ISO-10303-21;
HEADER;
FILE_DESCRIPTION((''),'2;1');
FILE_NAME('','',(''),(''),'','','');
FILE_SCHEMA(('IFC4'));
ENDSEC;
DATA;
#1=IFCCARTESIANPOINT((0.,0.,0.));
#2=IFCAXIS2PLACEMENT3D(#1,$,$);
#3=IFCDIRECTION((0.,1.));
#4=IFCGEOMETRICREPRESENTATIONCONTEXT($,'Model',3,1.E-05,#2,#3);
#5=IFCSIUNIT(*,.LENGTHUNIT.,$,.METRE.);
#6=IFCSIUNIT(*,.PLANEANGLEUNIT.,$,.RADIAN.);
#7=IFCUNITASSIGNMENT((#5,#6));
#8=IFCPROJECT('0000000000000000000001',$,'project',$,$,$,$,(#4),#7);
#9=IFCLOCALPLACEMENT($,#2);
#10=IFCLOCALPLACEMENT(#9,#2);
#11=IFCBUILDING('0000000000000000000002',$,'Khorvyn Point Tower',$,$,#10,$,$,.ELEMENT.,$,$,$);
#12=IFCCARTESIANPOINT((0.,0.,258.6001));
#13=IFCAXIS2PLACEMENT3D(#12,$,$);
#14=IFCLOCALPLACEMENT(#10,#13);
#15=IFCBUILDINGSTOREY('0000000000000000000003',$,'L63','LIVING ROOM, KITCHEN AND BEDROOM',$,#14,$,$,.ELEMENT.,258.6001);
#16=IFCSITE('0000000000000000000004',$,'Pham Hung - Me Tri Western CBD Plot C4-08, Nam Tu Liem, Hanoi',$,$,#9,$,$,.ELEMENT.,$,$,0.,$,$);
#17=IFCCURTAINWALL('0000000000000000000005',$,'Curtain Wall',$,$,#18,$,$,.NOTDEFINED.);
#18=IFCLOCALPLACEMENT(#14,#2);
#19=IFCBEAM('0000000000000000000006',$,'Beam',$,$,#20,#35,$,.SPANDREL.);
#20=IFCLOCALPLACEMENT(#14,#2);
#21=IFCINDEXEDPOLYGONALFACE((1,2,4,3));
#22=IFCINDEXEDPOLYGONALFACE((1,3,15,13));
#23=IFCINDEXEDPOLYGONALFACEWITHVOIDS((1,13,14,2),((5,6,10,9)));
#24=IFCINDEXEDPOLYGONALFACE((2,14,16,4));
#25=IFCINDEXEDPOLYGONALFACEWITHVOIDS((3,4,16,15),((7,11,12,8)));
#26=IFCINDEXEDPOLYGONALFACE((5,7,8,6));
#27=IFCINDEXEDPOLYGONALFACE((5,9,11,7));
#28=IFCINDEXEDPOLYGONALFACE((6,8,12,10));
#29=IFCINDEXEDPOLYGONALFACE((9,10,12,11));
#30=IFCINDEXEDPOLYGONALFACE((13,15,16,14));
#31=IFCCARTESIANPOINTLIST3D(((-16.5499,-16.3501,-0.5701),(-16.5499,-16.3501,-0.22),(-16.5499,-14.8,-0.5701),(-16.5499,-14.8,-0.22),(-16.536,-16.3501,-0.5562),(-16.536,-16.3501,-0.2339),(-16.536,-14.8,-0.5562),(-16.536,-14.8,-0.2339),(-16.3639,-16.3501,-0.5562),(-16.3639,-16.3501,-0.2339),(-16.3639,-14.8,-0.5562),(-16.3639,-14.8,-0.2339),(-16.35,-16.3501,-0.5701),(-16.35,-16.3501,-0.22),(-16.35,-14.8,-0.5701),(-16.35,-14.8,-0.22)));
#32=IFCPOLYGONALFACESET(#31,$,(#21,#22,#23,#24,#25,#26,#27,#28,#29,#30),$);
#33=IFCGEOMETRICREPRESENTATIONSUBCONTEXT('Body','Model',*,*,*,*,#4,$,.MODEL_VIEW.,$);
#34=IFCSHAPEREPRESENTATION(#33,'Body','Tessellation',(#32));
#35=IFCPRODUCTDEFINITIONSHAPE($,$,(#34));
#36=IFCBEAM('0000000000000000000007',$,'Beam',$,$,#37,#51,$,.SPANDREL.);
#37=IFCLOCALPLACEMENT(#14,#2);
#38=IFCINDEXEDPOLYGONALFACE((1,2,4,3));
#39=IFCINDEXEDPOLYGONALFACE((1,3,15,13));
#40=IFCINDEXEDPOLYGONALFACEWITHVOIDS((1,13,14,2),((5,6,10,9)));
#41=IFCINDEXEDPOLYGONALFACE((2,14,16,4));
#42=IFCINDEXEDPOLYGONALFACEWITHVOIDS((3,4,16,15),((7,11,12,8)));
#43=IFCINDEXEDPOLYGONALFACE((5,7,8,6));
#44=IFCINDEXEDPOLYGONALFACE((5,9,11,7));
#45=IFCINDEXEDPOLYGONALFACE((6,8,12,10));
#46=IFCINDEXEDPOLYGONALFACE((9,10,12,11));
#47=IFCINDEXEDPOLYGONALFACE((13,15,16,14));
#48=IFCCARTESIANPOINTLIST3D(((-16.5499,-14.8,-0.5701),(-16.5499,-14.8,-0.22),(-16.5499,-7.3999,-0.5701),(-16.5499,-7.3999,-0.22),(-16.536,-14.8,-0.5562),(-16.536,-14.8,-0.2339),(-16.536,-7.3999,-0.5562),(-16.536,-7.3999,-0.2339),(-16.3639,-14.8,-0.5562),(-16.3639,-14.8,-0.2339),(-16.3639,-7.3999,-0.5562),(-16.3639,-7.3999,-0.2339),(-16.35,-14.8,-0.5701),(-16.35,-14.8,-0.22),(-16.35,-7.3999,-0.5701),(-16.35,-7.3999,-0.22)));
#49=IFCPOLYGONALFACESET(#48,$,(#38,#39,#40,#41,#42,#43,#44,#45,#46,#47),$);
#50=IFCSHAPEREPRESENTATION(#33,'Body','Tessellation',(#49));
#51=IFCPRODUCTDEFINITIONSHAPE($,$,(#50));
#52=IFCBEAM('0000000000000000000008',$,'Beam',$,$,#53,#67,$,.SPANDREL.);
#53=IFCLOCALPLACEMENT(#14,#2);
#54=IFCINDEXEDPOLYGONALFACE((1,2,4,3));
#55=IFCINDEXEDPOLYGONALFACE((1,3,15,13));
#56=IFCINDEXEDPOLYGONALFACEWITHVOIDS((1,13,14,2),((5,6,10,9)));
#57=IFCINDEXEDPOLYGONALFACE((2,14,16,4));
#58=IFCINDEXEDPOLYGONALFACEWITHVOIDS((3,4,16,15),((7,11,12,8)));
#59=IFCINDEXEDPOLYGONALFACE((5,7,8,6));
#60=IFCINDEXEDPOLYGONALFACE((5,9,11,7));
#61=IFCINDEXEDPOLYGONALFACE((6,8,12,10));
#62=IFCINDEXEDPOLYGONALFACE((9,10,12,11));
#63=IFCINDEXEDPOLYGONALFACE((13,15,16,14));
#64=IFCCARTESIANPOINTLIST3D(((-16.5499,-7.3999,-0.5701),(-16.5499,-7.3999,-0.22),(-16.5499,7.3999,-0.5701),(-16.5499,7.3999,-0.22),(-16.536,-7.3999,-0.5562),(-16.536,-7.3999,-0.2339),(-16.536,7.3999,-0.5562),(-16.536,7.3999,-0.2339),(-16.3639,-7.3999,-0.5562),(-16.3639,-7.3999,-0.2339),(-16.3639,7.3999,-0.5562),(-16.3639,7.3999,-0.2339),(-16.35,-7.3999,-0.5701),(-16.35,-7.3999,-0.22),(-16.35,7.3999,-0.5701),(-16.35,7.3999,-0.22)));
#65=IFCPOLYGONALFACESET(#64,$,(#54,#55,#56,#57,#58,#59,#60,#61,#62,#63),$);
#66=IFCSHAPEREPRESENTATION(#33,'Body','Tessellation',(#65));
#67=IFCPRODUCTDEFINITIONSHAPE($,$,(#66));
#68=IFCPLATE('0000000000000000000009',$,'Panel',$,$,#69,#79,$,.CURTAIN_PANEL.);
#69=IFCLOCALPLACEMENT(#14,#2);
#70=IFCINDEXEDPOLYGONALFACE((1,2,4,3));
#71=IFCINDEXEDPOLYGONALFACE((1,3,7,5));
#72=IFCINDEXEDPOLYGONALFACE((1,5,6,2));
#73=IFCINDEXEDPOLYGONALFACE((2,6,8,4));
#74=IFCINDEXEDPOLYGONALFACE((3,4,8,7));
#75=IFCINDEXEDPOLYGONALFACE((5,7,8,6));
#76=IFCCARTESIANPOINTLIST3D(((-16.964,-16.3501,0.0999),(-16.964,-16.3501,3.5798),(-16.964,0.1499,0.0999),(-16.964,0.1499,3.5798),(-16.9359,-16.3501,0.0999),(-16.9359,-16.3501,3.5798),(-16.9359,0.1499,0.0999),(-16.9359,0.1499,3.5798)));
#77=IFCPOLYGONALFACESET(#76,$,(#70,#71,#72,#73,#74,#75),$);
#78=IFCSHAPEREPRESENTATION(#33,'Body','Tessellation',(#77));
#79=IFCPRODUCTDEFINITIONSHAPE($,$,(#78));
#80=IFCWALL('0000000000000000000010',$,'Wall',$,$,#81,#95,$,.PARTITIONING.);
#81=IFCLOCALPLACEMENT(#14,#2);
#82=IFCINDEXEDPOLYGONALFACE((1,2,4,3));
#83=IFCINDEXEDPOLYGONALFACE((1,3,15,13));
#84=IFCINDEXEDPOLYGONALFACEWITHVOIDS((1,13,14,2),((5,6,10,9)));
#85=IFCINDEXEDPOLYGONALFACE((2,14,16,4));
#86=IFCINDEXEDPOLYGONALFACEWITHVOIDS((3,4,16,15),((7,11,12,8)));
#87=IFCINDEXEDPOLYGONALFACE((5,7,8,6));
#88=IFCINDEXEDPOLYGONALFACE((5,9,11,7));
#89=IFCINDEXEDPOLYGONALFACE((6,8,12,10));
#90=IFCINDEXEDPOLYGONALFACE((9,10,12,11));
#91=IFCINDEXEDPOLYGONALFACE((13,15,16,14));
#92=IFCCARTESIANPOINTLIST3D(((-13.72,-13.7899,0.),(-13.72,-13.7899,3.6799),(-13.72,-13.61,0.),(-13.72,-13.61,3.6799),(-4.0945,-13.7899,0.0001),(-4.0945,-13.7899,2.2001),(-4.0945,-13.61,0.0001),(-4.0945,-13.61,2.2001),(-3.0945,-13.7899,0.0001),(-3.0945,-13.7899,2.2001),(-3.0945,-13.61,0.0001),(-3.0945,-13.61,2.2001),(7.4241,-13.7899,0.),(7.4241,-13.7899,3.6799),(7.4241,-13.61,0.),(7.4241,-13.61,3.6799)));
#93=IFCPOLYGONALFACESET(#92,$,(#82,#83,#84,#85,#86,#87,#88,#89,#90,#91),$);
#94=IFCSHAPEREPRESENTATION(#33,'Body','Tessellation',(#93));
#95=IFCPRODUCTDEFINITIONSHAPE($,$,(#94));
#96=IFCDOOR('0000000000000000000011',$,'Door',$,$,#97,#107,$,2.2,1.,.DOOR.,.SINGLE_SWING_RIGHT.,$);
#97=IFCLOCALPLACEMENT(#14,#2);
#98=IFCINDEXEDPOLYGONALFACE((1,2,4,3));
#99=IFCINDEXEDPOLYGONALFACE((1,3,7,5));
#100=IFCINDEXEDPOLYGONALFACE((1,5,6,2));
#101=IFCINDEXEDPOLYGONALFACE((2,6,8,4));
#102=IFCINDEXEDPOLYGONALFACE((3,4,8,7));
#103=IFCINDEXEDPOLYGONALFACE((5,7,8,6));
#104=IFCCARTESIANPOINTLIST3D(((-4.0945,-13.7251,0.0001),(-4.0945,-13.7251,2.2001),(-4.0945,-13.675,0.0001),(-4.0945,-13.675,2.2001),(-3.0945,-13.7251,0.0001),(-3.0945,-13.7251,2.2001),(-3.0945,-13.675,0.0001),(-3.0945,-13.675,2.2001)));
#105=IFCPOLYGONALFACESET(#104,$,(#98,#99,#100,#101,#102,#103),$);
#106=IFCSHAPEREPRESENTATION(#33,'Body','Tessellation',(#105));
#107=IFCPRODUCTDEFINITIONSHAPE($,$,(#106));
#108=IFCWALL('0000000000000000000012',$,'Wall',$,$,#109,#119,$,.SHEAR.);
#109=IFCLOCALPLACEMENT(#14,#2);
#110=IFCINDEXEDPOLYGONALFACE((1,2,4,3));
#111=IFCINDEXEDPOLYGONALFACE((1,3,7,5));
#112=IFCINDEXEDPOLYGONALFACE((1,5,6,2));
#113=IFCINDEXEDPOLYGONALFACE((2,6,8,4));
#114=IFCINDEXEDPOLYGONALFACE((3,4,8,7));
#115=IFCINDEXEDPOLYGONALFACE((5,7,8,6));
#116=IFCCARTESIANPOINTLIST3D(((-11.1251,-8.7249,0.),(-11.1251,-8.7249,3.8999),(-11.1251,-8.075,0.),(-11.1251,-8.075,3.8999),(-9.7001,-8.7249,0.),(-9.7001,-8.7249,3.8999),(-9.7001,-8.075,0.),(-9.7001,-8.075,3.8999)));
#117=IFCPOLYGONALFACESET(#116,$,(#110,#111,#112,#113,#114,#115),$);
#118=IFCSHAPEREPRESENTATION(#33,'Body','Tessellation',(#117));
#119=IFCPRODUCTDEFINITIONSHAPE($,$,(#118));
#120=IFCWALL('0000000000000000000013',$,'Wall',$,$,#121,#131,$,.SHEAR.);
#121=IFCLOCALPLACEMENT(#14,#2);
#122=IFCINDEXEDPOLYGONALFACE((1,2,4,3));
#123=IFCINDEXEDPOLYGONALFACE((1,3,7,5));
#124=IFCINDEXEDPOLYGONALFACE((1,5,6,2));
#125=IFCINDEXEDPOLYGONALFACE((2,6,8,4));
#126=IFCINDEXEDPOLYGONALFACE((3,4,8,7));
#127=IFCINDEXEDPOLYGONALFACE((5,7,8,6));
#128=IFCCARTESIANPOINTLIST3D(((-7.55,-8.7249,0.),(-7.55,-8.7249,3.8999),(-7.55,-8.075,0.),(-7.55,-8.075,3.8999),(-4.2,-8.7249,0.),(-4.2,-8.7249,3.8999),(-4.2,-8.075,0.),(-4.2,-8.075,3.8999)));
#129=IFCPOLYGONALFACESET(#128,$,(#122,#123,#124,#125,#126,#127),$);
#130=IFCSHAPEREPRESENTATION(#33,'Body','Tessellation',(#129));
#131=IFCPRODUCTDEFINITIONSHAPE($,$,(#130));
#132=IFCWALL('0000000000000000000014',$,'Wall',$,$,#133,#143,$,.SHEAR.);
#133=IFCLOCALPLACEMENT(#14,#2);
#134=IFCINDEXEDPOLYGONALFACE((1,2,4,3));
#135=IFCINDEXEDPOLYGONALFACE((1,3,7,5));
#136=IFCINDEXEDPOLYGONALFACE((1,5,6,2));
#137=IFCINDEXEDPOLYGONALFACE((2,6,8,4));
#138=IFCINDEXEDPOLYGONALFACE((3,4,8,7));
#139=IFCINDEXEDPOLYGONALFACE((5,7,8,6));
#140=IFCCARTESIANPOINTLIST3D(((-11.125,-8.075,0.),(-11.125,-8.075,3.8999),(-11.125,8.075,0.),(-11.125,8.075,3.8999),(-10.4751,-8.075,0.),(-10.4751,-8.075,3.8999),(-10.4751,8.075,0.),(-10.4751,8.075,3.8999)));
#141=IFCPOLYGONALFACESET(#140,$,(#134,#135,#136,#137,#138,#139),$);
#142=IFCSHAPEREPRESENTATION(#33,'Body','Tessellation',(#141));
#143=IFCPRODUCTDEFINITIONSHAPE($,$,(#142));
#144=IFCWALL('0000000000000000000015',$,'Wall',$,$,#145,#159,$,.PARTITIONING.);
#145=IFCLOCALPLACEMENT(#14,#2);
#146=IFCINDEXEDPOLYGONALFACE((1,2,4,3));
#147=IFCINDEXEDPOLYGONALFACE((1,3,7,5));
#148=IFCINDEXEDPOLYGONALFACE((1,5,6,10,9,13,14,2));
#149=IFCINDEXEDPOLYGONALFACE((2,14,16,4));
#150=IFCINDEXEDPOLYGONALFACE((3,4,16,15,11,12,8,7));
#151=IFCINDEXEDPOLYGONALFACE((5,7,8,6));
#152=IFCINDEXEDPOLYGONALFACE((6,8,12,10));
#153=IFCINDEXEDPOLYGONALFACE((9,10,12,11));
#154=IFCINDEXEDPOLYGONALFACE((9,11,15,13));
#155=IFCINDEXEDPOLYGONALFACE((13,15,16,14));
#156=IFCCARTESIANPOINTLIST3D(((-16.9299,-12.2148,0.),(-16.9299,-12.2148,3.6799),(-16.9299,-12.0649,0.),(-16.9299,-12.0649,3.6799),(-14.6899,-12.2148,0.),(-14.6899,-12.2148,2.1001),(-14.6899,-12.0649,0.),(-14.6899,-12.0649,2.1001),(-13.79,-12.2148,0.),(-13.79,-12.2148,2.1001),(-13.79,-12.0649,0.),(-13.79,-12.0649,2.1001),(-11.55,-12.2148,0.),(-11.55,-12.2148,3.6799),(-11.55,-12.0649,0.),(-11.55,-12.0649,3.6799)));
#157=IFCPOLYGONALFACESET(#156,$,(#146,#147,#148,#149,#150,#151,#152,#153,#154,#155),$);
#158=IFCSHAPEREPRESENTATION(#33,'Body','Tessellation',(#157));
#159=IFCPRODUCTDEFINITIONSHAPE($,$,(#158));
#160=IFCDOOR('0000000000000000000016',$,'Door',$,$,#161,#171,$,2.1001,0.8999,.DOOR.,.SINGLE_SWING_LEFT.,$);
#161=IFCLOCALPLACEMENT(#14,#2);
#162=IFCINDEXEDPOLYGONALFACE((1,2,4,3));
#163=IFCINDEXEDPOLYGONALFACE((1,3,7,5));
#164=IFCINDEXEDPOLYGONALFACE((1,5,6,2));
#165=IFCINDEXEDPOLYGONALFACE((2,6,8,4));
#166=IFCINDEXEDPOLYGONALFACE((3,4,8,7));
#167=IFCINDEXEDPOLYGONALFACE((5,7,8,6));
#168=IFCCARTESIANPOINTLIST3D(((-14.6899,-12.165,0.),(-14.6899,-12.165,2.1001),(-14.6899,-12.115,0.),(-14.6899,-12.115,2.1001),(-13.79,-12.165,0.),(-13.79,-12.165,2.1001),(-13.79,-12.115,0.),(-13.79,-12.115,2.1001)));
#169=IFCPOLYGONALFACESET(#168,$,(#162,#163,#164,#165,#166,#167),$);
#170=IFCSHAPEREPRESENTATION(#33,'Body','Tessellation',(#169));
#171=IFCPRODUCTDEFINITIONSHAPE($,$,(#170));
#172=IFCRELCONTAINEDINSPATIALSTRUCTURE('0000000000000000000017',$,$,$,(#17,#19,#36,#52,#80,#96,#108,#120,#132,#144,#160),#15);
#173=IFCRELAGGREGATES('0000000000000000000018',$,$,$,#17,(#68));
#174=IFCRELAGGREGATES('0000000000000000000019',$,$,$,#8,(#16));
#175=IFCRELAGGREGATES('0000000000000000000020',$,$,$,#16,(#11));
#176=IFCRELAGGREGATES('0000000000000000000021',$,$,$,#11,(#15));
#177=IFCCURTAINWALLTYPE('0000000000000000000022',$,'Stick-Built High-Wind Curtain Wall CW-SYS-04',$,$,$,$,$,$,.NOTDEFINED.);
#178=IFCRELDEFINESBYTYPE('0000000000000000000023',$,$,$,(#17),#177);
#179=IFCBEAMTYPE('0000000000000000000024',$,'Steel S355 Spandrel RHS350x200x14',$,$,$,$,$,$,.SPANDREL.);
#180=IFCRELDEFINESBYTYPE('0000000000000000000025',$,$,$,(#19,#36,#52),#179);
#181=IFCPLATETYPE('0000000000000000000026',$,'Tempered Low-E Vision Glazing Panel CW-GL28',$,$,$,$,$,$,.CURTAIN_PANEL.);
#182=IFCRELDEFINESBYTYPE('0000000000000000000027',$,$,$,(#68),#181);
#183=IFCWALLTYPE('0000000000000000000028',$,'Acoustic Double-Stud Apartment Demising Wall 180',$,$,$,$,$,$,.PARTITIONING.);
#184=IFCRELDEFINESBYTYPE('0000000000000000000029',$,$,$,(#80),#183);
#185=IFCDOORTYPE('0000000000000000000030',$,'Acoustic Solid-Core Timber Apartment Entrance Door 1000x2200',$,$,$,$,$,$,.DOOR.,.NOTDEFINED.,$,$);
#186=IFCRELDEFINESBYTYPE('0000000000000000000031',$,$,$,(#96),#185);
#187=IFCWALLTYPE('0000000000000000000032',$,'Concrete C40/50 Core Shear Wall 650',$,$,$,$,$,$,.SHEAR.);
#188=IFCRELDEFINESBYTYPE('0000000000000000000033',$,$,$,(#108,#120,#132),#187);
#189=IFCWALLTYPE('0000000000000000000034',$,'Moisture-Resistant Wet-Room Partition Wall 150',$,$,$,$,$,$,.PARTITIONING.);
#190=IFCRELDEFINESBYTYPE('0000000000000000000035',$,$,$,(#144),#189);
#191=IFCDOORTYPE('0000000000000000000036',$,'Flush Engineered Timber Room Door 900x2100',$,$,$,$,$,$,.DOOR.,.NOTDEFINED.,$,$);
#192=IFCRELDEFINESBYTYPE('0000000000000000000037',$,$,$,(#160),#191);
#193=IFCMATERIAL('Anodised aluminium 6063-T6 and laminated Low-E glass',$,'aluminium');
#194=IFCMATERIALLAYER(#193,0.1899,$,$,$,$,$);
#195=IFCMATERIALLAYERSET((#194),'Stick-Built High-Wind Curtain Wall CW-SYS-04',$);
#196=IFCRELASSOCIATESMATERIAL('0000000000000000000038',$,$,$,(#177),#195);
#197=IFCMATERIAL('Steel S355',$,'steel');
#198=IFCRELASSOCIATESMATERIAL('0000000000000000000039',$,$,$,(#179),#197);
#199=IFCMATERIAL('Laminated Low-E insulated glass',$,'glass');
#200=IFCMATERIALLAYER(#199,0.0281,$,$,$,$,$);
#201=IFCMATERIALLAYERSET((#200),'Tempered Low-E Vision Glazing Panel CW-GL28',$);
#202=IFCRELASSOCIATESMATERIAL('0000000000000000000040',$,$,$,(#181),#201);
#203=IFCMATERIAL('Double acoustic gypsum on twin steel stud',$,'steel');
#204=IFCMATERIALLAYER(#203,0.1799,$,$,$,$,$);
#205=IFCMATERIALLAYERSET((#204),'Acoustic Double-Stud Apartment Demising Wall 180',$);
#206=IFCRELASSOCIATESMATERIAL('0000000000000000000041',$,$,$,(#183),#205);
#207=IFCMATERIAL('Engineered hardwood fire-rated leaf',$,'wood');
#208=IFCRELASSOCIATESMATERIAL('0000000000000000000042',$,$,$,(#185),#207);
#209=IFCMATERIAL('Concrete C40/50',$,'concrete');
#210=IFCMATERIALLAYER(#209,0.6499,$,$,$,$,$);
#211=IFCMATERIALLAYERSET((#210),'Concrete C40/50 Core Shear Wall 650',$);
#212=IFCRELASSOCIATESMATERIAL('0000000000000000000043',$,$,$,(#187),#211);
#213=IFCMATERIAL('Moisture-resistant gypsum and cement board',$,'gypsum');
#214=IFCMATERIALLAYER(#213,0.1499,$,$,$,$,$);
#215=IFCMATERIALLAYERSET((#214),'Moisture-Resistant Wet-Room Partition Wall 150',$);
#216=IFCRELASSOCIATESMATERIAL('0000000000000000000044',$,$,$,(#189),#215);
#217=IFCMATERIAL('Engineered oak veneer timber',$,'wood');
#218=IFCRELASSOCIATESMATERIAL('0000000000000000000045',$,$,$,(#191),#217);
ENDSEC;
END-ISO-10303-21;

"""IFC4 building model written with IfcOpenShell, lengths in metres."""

from ifc_helpers import new_model, si_unit, direction, frame, frame_2d, origin, origin_2d, place, context, subcontext, project, spatial, rectangle, hollow_rectangle, extrude, material, layer, layer_set, material_profile, profile_set, type_object, element, fill, aggregate, save


model = new_model("IFC4")

# Units and contexts
model_context = context("Model", 3, precision=1e-05, world=origin(), true_north=direction((0.0, 1.0)))
body_context = subcontext(model_context, "Body", "Model", "MODEL_VIEW")
ifc_project = project(units=[si_unit("LENGTHUNIT", "METRE"), si_unit("PLANEANGLEUNIT", "RADIAN")], contexts=[model_context])

# Site, building, storey
site_placement = place(None, origin())
site = spatial("IfcSite", under=ifc_project, at=site_placement, Name="Pham Hung - Me Tri Western CBD Plot C4-08, Nam Tu Liem, Hanoi", CompositionType="ELEMENT", RefElevation=0.0)
building_placement = place(site_placement, origin())
building = spatial("IfcBuilding", under=site, at=building_placement, Name="Khorvyn Point Tower", CompositionType="ELEMENT")
storey_placement = place(building_placement, frame((0.0, 0.0, 258.6001)))
storey = spatial("IfcBuildingStorey", under=building, at=storey_placement, Name="L63", Description="LIVING ROOM, KITCHEN AND BEDROOM", CompositionType="ELEMENT", Elevation=258.6001)

# Shared definitions
ifc_material_1 = material(Name="Concrete C40/50", Category="concrete")
ifc_material_2 = material(Name="Steel S355", Category="steel")

# Curtain wall
ifc_material_3 = material(Name="Anodised aluminium 6063-T6 and laminated Low-E glass", Category="aluminium")
ifc_layer_1 = layer(ifc_material_3, 0.1899)
ifc_layer_set_1 = layer_set([ifc_layer_1], Name="Stick-Built High-Wind Curtain Wall CW-SYS-04")
curtain_wall_type = type_object("IfcCurtainWallType", Name="Stick-Built High-Wind Curtain Wall CW-SYS-04", PredefinedType="NOTDEFINED", material=ifc_layer_set_1)
curtain_wall_placement = place(storey_placement, origin())
curtain_wall = element("IfcCurtainWall", 1, at=curtain_wall_placement, inside=storey, type_object=curtain_wall_type, Name="Curtain Wall", PredefinedType="NOTDEFINED")

# Beams
ifc_material_profile_1 = material_profile(ifc_material_2, hollow_rectangle(XDim=0.2, YDim=0.3501, WallThickness=0.0139, at=origin_2d()))
ifc_profile_set_1 = profile_set([ifc_material_profile_1], Name="Steel S355 RHS350x200x14")
beam_type_1 = type_object("IfcBeamType", Name="Steel S355 Spandrel RHS350x200x14", PredefinedType="SPANDREL", material=ifc_profile_set_1)
beam_1_placement = place(storey_placement, frame((-16.45, -16.3501, -0.395), z_axis=(0.0, 1.0, 0.0), x_axis=(-1.0, 0.0, 0.0)))
element("IfcBeam", 2, at=beam_1_placement, inside=storey, type_object=beam_type_1, Name="Beam", PredefinedType="SPANDREL", context=body_context, shape_type="SweptSolid", body=[
    extrude(hollow_rectangle(XDim=0.2, YDim=0.3501, WallThickness=0.0139, at=origin_2d()), origin(), (0.0, 0.0, 1.0), 1.55),
])
beam_2_placement = place(storey_placement, frame((-16.45, -14.8, -0.395), z_axis=(0.0, 1.0, 0.0), x_axis=(-1.0, 0.0, 0.0)))
element("IfcBeam", 3, at=beam_2_placement, inside=storey, type_object=beam_type_1, Name="Beam", PredefinedType="SPANDREL", context=body_context, shape_type="SweptSolid", body=[
    extrude(hollow_rectangle(XDim=0.2, YDim=0.3501, WallThickness=0.0139, at=origin_2d()), origin(), (0.0, 0.0, 1.0), 7.4001),
])
beam_3_placement = place(storey_placement, frame((-16.45, -7.3999, -0.395), z_axis=(0.0, 1.0, 0.0), x_axis=(-1.0, 0.0, 0.0)))
element("IfcBeam", 4, at=beam_3_placement, inside=storey, type_object=beam_type_1, Name="Beam", PredefinedType="SPANDREL", context=body_context, shape_type="SweptSolid", body=[
    extrude(hollow_rectangle(XDim=0.2, YDim=0.3501, WallThickness=0.0139, at=origin_2d()), origin(), (0.0, 0.0, 1.0), 14.7998),
])

# Plate
ifc_material_4 = material(Name="Laminated Low-E insulated glass", Category="glass")
ifc_layer_2 = layer(ifc_material_4, 0.0281)
ifc_layer_set_2 = layer_set([ifc_layer_2], Name="Tempered Low-E Vision Glazing Panel CW-GL28")
plate_type = type_object("IfcPlateType", Name="Tempered Low-E Vision Glazing Panel CW-GL28", PredefinedType="CURTAIN_PANEL", material=ifc_layer_set_2)
plate_placement = place(storey_placement, frame((-16.95, -8.1001, 0.0999), z_axis=(0.0, 0.0, 1.0), x_axis=(0.0, 1.0, 0.0)))
plate = element("IfcPlate", 5, at=plate_placement, type_object=plate_type, Name="Panel", PredefinedType="CURTAIN_PANEL", context=body_context, shape_type="SweptSolid", body=[
    extrude(rectangle(XDim=16.5, YDim=0.0281, at=origin_2d()), origin(), (0.0, 0.0, 1.0), 3.48),
])
aggregate(curtain_wall, [plate])

# Wall, opening, door
ifc_material_5 = material(Name="Double acoustic gypsum on twin steel stud", Category="steel")
ifc_layer_3 = layer(ifc_material_5, 0.1799)
ifc_layer_set_3 = layer_set([ifc_layer_3], Name="Acoustic Double-Stud Apartment Demising Wall 180")
wall_type_1 = type_object("IfcWallType", Name="Acoustic Double-Stud Apartment Demising Wall 180", PredefinedType="PARTITIONING", material=ifc_layer_set_3)
wall_1_placement = place(storey_placement, frame((-13.72, -13.7, 0.0), z_axis=(0.0, 0.0, 1.0), x_axis=(1.0, 0.0, 0.0)))
wall_1 = element("IfcWall", 6, at=wall_1_placement, inside=storey, type_object=wall_type_1, Name="Wall", PredefinedType="PARTITIONING", context=body_context, shape_type="SweptSolid", body=[
    extrude(rectangle(XDim=21.144, YDim=0.1799, at=frame_2d((10.572, 0.0))), origin(), (0.0, 0.0, 1.0), 3.6799),
])
opening_1_placement = place(wall_1_placement, frame((9.6255, 0.0, 0.0)))
opening_1 = element("IfcOpeningElement", 7, at=opening_1_placement, cuts=wall_1, PredefinedType="OPENING", context=body_context, shape_type="SweptSolid", body=[
    extrude(rectangle(XDim=1.0, YDim=2.2, at=frame_2d((0.5, 1.1001))), frame((0.0, 0.0999, 0.0), z_axis=(0.0, -1.0, 0.0), x_axis=(1.0, 0.0, 0.0)), (0.0, 0.0, 1.0), 0.2),
])
ifc_material_6 = material(Name="Engineered hardwood fire-rated leaf", Category="wood")
door_type_1 = type_object("IfcDoorType", Name="Acoustic Solid-Core Timber Apartment Entrance Door 1000x2200", OperationType="NOTDEFINED", PredefinedType="DOOR", material=ifc_material_6)
door_1_placement = place(opening_1_placement, origin())
door_1 = element("IfcDoor", 8, at=door_1_placement, inside=storey, type_object=door_type_1, Name="Door", OperationType="SINGLE_SWING_RIGHT", OverallHeight=2.2, OverallWidth=1.0, PredefinedType="DOOR", context=body_context, shape_type="SweptSolid", body=[
    extrude(rectangle(XDim=1.0, YDim=2.2, at=frame_2d((0.5, 1.1001))), frame((0.0, 0.0249, 0.0), z_axis=(0.0, -1.0, 0.0), x_axis=(1.0, 0.0, 0.0)), (0.0, 0.0, 1.0), 0.05),
])
fill(opening_1, door_1)

# Walls
ifc_layer_4 = layer(ifc_material_1, 0.6499)
ifc_layer_set_4 = layer_set([ifc_layer_4], Name="Concrete C40/50 Core Shear Wall 650")
wall_type_2 = type_object("IfcWallType", Name="Concrete C40/50 Core Shear Wall 650", PredefinedType="SHEAR", material=ifc_layer_set_4)
wall_2_placement = place(storey_placement, frame((-11.125, -8.3999, 0.0), z_axis=(0.0, 0.0, 1.0), x_axis=(1.0, 0.0, 0.0)))
element("IfcWall", 9, at=wall_2_placement, inside=storey, type_object=wall_type_2, Name="Wall", PredefinedType="SHEAR", context=body_context, shape_type="SweptSolid", body=[
    extrude(rectangle(XDim=1.425, YDim=0.6499, at=frame_2d((0.7124, 0.0))), origin(), (0.0, 0.0, 1.0), 3.8999),
])
wall_3_placement = place(storey_placement, frame((-7.55, -8.3999, 0.0), z_axis=(0.0, 0.0, 1.0), x_axis=(1.0, 0.0, 0.0)))
element("IfcWall", 10, at=wall_3_placement, inside=storey, type_object=wall_type_2, Name="Wall", PredefinedType="SHEAR", context=body_context, shape_type="SweptSolid", body=[
    extrude(rectangle(XDim=3.3501, YDim=0.6499, at=frame_2d((1.675, 0.0))), origin(), (0.0, 0.0, 1.0), 3.8999),
])
wall_4_placement = place(storey_placement, frame((-10.8, -8.075, 0.0), z_axis=(0.0, 0.0, 1.0), x_axis=(0.0, 1.0, 0.0)))
element("IfcWall", 11, at=wall_4_placement, inside=storey, type_object=wall_type_2, Name="Wall", PredefinedType="SHEAR", context=body_context, shape_type="SweptSolid", body=[
    extrude(rectangle(XDim=16.1499, YDim=0.6499, at=frame_2d((8.075, 0.0))), origin(), (0.0, 0.0, 1.0), 3.8999),
])

# Wall, opening, door
ifc_material_7 = material(Name="Moisture-resistant gypsum and cement board", Category="gypsum")
ifc_layer_5 = layer(ifc_material_7, 0.1499)
ifc_layer_set_5 = layer_set([ifc_layer_5], Name="Moisture-Resistant Wet-Room Partition Wall 150")
wall_type_3 = type_object("IfcWallType", Name="Moisture-Resistant Wet-Room Partition Wall 150", PredefinedType="PARTITIONING", material=ifc_layer_set_5)
wall_5_placement = place(storey_placement, frame((-16.9299, -12.1399, 0.0), z_axis=(0.0, 0.0, 1.0), x_axis=(1.0, 0.0, 0.0)))
wall_5 = element("IfcWall", 12, at=wall_5_placement, inside=storey, type_object=wall_type_3, Name="Wall", PredefinedType="PARTITIONING", context=body_context, shape_type="SweptSolid", body=[
    extrude(rectangle(XDim=5.3799, YDim=0.1499, at=frame_2d((2.6899, 0.0))), origin(), (0.0, 0.0, 1.0), 3.6799),
])
opening_2_placement = place(wall_5_placement, frame((2.24, 0.0, 0.0)))
opening_2 = element("IfcOpeningElement", 13, at=opening_2_placement, cuts=wall_5, PredefinedType="OPENING", context=body_context, shape_type="SweptSolid", body=[
    extrude(rectangle(XDim=0.8999, YDim=2.1001, at=frame_2d((0.45, 1.05))), frame((0.0, 0.085, 0.0), z_axis=(0.0, -1.0, 0.0), x_axis=(1.0, 0.0, 0.0)), (0.0, 0.0, 1.0), 0.1699),
])
ifc_material_8 = material(Name="Engineered oak veneer timber", Category="wood")
door_type_2 = type_object("IfcDoorType", Name="Flush Engineered Timber Room Door 900x2100", OperationType="NOTDEFINED", PredefinedType="DOOR", material=ifc_material_8)
door_2_placement = place(opening_2_placement, origin())
door_2 = element("IfcDoor", 14, at=door_2_placement, inside=storey, type_object=door_type_2, Name="Door", OperationType="SINGLE_SWING_LEFT", OverallHeight=2.1001, OverallWidth=0.8999, PredefinedType="DOOR", context=body_context, shape_type="SweptSolid", body=[
    extrude(rectangle(XDim=0.8999, YDim=2.1001, at=frame_2d((0.45, 1.05))), frame((0.0, 0.0249, 0.0), z_axis=(0.0, -1.0, 0.0), x_axis=(1.0, 0.0, 0.0)), (0.0, 0.0, 1.0), 0.05),
])
fill(opening_2, door_2)

save(model, "model.ifc")
